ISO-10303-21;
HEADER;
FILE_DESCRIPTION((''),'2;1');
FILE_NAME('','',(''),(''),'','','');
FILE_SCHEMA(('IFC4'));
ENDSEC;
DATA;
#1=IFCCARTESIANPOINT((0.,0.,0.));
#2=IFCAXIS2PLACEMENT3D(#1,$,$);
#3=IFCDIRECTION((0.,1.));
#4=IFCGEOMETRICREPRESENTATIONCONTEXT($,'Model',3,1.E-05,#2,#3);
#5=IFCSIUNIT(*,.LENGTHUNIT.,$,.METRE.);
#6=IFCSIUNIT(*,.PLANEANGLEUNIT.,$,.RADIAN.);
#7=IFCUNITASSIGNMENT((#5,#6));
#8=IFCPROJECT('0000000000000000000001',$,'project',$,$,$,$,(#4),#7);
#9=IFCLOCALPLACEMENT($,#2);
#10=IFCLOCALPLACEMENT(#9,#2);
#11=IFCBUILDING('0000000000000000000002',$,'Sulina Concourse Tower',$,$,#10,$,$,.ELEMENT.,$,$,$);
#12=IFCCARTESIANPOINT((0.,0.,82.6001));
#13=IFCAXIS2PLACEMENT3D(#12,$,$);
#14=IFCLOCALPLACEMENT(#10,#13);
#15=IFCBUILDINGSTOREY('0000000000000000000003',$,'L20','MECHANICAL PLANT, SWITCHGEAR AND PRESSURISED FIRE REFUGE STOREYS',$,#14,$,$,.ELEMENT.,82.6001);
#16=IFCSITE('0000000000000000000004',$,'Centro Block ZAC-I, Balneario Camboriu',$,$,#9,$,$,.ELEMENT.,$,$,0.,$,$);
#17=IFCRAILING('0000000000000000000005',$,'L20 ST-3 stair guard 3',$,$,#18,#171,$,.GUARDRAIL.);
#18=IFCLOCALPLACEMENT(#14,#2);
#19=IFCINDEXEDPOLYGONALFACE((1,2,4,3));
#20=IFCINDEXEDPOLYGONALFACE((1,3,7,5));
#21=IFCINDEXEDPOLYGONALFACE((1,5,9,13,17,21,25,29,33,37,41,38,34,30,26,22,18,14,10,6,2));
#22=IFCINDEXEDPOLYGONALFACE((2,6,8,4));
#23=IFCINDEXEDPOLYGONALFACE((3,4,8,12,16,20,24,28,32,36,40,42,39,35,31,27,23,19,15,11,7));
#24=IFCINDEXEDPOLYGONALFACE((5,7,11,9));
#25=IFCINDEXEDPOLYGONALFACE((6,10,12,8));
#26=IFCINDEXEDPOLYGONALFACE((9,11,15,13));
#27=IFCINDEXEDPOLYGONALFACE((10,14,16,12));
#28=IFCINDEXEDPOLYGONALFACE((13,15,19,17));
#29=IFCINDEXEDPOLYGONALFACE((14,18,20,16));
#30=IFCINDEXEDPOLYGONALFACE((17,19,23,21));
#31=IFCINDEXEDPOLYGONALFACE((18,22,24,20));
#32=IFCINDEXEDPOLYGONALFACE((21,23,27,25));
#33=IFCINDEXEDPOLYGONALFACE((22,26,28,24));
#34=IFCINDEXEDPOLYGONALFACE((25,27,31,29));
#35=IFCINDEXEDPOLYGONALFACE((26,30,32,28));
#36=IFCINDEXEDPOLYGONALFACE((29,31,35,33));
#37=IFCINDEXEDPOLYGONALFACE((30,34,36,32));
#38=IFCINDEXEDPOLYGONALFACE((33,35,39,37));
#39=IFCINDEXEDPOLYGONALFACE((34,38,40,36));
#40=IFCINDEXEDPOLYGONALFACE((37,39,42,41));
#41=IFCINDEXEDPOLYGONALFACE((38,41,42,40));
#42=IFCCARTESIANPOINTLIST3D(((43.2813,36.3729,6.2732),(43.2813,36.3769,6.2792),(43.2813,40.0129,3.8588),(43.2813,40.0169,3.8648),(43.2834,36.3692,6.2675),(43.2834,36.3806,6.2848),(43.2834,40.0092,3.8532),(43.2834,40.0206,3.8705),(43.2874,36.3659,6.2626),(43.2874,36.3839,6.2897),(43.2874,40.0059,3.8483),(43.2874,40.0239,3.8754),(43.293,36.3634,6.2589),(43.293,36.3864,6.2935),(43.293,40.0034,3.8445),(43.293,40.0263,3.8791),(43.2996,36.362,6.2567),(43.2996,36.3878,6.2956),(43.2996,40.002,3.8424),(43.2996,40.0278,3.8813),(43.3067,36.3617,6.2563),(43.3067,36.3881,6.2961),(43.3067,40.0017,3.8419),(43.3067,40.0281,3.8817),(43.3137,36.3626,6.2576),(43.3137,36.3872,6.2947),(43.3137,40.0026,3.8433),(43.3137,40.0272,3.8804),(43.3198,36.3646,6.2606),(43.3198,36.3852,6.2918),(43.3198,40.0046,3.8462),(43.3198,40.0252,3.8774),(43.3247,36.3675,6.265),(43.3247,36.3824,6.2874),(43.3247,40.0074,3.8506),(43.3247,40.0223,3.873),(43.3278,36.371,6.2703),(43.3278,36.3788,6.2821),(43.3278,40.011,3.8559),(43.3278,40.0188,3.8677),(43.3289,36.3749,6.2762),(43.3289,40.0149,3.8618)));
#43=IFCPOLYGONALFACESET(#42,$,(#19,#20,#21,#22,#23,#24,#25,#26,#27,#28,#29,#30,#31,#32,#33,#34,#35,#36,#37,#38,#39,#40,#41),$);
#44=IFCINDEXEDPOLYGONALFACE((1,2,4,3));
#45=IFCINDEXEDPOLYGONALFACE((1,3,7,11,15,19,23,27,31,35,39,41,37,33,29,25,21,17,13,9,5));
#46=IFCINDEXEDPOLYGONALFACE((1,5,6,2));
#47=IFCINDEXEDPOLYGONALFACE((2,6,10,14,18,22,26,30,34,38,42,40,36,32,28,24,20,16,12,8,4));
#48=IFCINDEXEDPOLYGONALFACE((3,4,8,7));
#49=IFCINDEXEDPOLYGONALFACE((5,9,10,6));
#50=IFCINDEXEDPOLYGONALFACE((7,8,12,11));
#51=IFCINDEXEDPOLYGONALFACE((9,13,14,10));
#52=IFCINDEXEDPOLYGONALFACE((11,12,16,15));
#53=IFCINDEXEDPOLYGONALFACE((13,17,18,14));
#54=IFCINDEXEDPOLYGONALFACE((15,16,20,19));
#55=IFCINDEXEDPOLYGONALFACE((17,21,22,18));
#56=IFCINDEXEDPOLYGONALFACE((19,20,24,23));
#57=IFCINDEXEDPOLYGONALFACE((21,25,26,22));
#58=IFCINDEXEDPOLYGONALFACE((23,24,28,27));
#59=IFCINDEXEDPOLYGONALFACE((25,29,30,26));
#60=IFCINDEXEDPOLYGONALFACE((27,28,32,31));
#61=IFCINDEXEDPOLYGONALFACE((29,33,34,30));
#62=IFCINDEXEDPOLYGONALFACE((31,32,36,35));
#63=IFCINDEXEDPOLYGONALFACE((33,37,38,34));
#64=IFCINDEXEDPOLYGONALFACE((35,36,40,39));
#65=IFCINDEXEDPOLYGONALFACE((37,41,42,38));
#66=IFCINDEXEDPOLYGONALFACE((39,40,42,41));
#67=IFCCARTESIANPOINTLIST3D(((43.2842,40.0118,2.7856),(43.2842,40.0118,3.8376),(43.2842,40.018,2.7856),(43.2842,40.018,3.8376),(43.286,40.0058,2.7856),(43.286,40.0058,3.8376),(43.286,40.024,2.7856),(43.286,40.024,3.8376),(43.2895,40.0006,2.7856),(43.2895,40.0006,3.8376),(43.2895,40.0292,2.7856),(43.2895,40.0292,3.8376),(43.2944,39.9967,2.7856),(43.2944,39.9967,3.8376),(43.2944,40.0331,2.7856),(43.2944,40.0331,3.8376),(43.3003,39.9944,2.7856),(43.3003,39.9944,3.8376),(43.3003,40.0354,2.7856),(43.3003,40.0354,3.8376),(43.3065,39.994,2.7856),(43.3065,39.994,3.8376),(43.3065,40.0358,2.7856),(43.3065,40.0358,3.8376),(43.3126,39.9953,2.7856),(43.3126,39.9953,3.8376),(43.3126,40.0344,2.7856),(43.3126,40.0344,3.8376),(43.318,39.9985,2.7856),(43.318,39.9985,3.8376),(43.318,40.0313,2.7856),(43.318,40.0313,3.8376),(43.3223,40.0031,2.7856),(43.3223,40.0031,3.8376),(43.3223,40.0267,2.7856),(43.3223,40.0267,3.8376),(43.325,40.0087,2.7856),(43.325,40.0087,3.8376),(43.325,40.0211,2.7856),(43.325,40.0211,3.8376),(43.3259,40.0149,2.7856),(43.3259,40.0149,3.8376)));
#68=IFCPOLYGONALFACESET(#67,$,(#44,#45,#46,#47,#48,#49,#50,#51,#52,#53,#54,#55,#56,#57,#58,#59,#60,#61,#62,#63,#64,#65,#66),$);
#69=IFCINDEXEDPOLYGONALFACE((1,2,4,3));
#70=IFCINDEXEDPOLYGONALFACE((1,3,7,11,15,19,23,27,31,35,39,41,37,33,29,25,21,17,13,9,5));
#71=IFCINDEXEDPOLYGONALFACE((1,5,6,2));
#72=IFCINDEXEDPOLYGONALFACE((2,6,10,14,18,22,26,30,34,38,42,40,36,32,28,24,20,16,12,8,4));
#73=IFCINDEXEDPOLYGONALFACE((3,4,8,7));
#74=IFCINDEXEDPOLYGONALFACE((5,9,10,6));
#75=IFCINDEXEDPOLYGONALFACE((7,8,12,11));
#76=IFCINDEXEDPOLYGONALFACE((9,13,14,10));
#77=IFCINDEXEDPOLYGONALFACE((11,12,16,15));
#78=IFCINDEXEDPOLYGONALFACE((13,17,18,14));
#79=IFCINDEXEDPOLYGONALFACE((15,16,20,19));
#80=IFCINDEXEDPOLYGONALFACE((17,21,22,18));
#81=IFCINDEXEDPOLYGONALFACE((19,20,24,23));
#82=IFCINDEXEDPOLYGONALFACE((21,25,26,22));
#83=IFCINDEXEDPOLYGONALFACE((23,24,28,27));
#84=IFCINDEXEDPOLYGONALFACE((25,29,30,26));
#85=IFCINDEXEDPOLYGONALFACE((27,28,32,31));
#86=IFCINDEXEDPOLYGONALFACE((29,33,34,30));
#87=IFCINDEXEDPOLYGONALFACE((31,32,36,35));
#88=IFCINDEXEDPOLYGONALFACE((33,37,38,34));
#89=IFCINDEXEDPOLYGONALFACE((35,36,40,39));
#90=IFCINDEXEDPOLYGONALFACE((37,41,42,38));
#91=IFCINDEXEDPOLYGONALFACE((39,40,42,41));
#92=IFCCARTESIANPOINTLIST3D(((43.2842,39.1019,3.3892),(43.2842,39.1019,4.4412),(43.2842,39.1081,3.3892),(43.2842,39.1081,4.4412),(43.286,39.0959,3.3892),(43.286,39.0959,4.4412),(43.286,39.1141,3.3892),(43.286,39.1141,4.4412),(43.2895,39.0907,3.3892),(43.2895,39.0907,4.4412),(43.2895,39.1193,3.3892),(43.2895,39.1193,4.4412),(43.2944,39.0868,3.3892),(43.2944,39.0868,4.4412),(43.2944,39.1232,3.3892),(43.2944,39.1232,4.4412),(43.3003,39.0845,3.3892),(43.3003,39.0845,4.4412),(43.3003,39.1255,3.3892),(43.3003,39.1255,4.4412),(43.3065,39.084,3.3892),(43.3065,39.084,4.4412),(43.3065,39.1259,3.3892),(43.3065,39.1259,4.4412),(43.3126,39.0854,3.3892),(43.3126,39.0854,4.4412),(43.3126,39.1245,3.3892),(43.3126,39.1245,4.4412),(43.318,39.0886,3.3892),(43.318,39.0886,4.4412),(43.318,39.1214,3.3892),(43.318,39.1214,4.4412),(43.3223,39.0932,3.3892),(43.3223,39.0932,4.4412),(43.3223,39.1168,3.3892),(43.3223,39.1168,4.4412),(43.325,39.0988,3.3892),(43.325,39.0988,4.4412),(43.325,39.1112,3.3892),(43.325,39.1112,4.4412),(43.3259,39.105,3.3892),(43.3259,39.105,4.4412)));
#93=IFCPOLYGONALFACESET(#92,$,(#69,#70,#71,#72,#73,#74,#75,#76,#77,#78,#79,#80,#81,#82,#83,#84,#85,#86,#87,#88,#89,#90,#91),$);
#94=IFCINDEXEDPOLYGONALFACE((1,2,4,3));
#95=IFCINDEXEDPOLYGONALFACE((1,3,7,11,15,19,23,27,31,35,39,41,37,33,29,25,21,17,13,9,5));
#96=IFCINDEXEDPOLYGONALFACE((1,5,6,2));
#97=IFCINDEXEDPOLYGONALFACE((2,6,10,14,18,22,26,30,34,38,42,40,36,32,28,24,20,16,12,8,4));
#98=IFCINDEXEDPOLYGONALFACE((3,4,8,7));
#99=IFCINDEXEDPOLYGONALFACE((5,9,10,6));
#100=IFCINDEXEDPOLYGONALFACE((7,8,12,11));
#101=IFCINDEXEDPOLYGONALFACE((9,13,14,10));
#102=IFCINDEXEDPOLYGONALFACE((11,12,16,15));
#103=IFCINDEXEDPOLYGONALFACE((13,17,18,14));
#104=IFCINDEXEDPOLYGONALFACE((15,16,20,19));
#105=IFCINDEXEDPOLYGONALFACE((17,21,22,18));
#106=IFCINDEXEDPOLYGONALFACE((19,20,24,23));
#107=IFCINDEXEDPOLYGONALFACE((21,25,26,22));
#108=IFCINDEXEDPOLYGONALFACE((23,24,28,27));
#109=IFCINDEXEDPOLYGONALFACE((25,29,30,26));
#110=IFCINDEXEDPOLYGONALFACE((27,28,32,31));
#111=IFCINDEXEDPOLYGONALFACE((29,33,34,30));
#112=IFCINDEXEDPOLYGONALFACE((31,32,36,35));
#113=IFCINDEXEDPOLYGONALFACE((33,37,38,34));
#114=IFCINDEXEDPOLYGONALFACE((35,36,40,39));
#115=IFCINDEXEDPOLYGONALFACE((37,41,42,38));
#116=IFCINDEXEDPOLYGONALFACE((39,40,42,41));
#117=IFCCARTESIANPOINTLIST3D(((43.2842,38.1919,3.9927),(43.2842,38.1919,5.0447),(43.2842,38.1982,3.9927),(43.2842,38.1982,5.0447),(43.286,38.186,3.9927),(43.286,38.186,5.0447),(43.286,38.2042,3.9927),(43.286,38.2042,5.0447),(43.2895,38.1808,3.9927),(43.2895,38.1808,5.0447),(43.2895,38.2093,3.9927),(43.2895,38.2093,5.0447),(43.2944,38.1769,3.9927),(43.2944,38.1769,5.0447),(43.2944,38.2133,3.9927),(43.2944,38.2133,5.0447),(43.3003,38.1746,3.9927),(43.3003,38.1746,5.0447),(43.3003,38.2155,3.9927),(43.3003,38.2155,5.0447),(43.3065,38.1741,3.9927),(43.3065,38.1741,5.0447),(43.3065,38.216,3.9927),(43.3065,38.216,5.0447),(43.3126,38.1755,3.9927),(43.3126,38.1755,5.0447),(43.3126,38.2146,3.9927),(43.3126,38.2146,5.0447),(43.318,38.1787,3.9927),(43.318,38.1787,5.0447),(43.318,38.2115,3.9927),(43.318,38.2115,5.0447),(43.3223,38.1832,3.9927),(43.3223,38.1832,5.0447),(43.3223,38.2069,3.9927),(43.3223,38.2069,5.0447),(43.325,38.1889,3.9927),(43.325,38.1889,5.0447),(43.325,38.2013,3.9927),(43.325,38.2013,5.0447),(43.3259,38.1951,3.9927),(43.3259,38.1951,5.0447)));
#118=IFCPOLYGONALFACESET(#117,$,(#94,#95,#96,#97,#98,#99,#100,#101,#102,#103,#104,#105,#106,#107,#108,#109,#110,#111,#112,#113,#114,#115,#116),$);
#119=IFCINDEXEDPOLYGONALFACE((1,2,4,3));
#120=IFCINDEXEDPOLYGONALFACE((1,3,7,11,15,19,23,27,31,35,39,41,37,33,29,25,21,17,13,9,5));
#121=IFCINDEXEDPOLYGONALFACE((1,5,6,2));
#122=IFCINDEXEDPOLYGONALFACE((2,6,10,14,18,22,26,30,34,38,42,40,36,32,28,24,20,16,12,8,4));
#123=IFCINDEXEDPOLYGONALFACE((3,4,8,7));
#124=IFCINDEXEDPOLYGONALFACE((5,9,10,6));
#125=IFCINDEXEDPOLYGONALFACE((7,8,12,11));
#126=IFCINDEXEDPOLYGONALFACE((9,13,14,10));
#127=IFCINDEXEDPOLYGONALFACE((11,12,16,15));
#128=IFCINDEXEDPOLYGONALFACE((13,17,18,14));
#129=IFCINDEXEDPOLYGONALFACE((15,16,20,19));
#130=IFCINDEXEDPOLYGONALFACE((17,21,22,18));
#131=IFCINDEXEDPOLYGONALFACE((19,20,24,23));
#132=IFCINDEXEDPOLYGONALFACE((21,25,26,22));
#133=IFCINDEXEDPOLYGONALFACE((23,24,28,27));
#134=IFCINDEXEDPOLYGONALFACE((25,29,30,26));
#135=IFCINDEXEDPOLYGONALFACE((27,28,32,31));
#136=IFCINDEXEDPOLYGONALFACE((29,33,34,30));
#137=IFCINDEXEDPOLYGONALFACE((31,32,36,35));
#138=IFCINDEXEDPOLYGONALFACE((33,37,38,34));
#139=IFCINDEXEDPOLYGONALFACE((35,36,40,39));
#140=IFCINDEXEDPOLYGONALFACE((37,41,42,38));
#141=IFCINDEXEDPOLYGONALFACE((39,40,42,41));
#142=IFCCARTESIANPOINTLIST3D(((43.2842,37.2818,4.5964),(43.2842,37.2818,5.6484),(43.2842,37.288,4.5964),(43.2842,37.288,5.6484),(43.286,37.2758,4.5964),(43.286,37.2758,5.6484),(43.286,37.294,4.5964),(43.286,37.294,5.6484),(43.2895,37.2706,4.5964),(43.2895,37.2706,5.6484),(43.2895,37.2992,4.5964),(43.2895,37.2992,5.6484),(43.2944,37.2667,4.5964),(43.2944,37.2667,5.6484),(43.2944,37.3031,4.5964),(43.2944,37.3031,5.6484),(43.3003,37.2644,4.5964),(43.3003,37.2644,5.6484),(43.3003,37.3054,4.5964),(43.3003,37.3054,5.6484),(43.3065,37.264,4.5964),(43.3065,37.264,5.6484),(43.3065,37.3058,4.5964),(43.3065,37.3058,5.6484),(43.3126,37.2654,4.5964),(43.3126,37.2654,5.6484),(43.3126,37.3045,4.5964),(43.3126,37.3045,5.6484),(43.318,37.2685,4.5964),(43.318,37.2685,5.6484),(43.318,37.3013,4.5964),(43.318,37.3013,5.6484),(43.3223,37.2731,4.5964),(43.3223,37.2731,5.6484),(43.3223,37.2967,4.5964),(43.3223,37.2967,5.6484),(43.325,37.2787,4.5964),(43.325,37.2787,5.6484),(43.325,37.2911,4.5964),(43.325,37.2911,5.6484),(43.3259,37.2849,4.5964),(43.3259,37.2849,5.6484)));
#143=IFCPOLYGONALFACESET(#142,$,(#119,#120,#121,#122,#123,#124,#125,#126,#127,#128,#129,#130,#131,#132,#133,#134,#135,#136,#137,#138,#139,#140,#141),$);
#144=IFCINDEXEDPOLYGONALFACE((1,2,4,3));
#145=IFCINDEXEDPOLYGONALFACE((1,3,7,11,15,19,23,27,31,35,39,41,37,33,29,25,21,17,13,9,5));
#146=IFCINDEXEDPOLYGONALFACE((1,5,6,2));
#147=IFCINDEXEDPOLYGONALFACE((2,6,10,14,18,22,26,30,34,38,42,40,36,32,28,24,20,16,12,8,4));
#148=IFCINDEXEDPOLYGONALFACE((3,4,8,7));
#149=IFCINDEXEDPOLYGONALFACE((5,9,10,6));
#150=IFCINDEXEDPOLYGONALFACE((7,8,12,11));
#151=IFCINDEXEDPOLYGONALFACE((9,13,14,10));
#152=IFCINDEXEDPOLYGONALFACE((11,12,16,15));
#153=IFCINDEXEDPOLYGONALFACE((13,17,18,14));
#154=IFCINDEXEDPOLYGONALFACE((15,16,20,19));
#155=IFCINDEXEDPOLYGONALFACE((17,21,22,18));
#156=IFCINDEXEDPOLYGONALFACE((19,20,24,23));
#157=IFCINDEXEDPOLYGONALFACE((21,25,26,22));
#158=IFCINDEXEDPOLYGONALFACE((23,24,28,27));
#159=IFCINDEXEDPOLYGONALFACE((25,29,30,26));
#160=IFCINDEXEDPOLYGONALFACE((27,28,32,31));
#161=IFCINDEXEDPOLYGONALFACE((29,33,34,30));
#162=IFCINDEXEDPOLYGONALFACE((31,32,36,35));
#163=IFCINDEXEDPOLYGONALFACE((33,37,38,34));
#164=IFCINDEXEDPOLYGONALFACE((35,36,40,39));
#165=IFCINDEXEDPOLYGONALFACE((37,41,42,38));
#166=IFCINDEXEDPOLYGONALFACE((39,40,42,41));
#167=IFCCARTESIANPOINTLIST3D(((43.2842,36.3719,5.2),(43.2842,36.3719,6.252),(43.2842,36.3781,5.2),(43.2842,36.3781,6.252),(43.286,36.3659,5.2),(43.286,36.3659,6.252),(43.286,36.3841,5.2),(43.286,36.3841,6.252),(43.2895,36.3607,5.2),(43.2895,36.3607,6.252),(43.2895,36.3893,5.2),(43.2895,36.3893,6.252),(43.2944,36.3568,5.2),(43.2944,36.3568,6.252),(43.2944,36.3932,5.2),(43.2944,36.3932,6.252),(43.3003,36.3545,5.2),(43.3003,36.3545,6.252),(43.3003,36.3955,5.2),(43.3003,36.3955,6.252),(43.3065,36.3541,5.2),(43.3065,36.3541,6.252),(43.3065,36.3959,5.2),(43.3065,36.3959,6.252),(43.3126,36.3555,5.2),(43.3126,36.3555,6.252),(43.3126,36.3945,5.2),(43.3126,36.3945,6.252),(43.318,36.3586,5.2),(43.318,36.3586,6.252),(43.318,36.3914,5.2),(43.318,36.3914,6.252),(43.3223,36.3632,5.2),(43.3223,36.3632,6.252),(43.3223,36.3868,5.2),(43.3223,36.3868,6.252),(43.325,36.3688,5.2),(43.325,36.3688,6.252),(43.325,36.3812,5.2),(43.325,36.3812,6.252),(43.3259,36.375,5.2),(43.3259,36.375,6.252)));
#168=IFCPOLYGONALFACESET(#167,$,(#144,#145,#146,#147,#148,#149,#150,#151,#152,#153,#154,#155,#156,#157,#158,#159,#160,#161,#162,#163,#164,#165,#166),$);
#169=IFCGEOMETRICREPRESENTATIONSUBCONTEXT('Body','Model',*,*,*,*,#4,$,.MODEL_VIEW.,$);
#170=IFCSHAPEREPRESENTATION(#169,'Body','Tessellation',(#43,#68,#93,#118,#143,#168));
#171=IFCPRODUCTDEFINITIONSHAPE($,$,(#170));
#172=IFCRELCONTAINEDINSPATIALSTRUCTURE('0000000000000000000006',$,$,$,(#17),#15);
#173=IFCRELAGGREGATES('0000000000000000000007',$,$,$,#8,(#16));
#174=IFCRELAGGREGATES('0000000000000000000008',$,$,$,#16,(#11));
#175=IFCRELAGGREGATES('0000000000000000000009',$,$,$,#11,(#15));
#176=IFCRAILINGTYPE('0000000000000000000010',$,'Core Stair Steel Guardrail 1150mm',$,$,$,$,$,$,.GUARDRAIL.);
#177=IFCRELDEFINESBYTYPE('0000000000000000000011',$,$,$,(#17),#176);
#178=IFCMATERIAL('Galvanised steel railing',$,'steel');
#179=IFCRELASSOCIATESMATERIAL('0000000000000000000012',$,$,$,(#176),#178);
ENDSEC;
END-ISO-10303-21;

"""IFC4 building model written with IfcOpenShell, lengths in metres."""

from ifc_helpers import new_model, si_unit, direction, frame, origin, origin_2d, place, context, subcontext, project, spatial, circle, extrude, material, type_object, element, save


model = new_model("IFC4")

# Units and contexts
model_context = context("Model", 3, precision=1e-05, world=origin(), true_north=direction((0.0, 1.0)))
body_context = subcontext(model_context, "Body", "Model", "MODEL_VIEW")
ifc_project = project(units=[si_unit("LENGTHUNIT", "METRE"), si_unit("PLANEANGLEUNIT", "RADIAN")], contexts=[model_context])

# Site, building, storey
site_placement = place(None, origin())
site = spatial("IfcSite", under=ifc_project, at=site_placement, Name="Centro Block ZAC-I, Balneario Camboriu", CompositionType="ELEMENT", RefElevation=0.0)
building_placement = place(site_placement, origin())
building = spatial("IfcBuilding", under=site, at=building_placement, Name="Sulina Concourse Tower", CompositionType="ELEMENT")
storey_placement = place(building_placement, frame((0.0, 0.0, 82.6001)))
storey = spatial("IfcBuildingStorey", under=building, at=storey_placement, Name="L20", Description="MECHANICAL PLANT, SWITCHGEAR AND PRESSURISED FIRE REFUGE STOREYS", CompositionType="ELEMENT", Elevation=82.6001)

# Railing
ifc_material_1 = material(Name="Galvanised steel railing", Category="steel")
railing_type_1 = type_object("IfcRailingType", Name="Core Stair Steel Guardrail 1150mm", PredefinedType="GUARDRAIL", material=ifc_material_1)
railing_1_placement = place(storey_placement, frame((43.3049, 40.0149, 2.7856)))
element("IfcRailing", 1, at=railing_1_placement, inside=storey, type_object=railing_type_1, Name="L20 ST-3 stair guard 3", PredefinedType="GUARDRAIL", context=body_context, shape_type="SweptSolid", body=[
    extrude(circle(Radius=0.0239, at=origin_2d()), frame((0.0, 0.0, 1.0762), z_axis=(0.0, -0.833347, 0.552751), x_axis=(1.0, 0.0, 0.0)), (0.0, 0.0, 1.0), 4.3679),
    extrude(circle(Radius=0.021, at=origin_2d()), origin(), (0.0, 0.0, 1.0), 1.052),
    extrude(circle(Radius=0.021, at=origin_2d()), frame((0.0, -0.9099, 0.6035)), (0.0, 0.0, 1.0), 1.052),
    extrude(circle(Radius=0.021, at=origin_2d()), frame((0.0, -1.8198, 1.207)), (0.0, 0.0, 1.0), 1.052),
    extrude(circle(Radius=0.021, at=origin_2d()), frame((0.0, -2.73, 1.8108)), (0.0, 0.0, 1.0), 1.052),
    extrude(circle(Radius=0.021, at=origin_2d()), frame((0.0, -3.6399, 2.4143)), (0.0, 0.0, 1.0), 1.052),
])

save(model, "model.ifc")
